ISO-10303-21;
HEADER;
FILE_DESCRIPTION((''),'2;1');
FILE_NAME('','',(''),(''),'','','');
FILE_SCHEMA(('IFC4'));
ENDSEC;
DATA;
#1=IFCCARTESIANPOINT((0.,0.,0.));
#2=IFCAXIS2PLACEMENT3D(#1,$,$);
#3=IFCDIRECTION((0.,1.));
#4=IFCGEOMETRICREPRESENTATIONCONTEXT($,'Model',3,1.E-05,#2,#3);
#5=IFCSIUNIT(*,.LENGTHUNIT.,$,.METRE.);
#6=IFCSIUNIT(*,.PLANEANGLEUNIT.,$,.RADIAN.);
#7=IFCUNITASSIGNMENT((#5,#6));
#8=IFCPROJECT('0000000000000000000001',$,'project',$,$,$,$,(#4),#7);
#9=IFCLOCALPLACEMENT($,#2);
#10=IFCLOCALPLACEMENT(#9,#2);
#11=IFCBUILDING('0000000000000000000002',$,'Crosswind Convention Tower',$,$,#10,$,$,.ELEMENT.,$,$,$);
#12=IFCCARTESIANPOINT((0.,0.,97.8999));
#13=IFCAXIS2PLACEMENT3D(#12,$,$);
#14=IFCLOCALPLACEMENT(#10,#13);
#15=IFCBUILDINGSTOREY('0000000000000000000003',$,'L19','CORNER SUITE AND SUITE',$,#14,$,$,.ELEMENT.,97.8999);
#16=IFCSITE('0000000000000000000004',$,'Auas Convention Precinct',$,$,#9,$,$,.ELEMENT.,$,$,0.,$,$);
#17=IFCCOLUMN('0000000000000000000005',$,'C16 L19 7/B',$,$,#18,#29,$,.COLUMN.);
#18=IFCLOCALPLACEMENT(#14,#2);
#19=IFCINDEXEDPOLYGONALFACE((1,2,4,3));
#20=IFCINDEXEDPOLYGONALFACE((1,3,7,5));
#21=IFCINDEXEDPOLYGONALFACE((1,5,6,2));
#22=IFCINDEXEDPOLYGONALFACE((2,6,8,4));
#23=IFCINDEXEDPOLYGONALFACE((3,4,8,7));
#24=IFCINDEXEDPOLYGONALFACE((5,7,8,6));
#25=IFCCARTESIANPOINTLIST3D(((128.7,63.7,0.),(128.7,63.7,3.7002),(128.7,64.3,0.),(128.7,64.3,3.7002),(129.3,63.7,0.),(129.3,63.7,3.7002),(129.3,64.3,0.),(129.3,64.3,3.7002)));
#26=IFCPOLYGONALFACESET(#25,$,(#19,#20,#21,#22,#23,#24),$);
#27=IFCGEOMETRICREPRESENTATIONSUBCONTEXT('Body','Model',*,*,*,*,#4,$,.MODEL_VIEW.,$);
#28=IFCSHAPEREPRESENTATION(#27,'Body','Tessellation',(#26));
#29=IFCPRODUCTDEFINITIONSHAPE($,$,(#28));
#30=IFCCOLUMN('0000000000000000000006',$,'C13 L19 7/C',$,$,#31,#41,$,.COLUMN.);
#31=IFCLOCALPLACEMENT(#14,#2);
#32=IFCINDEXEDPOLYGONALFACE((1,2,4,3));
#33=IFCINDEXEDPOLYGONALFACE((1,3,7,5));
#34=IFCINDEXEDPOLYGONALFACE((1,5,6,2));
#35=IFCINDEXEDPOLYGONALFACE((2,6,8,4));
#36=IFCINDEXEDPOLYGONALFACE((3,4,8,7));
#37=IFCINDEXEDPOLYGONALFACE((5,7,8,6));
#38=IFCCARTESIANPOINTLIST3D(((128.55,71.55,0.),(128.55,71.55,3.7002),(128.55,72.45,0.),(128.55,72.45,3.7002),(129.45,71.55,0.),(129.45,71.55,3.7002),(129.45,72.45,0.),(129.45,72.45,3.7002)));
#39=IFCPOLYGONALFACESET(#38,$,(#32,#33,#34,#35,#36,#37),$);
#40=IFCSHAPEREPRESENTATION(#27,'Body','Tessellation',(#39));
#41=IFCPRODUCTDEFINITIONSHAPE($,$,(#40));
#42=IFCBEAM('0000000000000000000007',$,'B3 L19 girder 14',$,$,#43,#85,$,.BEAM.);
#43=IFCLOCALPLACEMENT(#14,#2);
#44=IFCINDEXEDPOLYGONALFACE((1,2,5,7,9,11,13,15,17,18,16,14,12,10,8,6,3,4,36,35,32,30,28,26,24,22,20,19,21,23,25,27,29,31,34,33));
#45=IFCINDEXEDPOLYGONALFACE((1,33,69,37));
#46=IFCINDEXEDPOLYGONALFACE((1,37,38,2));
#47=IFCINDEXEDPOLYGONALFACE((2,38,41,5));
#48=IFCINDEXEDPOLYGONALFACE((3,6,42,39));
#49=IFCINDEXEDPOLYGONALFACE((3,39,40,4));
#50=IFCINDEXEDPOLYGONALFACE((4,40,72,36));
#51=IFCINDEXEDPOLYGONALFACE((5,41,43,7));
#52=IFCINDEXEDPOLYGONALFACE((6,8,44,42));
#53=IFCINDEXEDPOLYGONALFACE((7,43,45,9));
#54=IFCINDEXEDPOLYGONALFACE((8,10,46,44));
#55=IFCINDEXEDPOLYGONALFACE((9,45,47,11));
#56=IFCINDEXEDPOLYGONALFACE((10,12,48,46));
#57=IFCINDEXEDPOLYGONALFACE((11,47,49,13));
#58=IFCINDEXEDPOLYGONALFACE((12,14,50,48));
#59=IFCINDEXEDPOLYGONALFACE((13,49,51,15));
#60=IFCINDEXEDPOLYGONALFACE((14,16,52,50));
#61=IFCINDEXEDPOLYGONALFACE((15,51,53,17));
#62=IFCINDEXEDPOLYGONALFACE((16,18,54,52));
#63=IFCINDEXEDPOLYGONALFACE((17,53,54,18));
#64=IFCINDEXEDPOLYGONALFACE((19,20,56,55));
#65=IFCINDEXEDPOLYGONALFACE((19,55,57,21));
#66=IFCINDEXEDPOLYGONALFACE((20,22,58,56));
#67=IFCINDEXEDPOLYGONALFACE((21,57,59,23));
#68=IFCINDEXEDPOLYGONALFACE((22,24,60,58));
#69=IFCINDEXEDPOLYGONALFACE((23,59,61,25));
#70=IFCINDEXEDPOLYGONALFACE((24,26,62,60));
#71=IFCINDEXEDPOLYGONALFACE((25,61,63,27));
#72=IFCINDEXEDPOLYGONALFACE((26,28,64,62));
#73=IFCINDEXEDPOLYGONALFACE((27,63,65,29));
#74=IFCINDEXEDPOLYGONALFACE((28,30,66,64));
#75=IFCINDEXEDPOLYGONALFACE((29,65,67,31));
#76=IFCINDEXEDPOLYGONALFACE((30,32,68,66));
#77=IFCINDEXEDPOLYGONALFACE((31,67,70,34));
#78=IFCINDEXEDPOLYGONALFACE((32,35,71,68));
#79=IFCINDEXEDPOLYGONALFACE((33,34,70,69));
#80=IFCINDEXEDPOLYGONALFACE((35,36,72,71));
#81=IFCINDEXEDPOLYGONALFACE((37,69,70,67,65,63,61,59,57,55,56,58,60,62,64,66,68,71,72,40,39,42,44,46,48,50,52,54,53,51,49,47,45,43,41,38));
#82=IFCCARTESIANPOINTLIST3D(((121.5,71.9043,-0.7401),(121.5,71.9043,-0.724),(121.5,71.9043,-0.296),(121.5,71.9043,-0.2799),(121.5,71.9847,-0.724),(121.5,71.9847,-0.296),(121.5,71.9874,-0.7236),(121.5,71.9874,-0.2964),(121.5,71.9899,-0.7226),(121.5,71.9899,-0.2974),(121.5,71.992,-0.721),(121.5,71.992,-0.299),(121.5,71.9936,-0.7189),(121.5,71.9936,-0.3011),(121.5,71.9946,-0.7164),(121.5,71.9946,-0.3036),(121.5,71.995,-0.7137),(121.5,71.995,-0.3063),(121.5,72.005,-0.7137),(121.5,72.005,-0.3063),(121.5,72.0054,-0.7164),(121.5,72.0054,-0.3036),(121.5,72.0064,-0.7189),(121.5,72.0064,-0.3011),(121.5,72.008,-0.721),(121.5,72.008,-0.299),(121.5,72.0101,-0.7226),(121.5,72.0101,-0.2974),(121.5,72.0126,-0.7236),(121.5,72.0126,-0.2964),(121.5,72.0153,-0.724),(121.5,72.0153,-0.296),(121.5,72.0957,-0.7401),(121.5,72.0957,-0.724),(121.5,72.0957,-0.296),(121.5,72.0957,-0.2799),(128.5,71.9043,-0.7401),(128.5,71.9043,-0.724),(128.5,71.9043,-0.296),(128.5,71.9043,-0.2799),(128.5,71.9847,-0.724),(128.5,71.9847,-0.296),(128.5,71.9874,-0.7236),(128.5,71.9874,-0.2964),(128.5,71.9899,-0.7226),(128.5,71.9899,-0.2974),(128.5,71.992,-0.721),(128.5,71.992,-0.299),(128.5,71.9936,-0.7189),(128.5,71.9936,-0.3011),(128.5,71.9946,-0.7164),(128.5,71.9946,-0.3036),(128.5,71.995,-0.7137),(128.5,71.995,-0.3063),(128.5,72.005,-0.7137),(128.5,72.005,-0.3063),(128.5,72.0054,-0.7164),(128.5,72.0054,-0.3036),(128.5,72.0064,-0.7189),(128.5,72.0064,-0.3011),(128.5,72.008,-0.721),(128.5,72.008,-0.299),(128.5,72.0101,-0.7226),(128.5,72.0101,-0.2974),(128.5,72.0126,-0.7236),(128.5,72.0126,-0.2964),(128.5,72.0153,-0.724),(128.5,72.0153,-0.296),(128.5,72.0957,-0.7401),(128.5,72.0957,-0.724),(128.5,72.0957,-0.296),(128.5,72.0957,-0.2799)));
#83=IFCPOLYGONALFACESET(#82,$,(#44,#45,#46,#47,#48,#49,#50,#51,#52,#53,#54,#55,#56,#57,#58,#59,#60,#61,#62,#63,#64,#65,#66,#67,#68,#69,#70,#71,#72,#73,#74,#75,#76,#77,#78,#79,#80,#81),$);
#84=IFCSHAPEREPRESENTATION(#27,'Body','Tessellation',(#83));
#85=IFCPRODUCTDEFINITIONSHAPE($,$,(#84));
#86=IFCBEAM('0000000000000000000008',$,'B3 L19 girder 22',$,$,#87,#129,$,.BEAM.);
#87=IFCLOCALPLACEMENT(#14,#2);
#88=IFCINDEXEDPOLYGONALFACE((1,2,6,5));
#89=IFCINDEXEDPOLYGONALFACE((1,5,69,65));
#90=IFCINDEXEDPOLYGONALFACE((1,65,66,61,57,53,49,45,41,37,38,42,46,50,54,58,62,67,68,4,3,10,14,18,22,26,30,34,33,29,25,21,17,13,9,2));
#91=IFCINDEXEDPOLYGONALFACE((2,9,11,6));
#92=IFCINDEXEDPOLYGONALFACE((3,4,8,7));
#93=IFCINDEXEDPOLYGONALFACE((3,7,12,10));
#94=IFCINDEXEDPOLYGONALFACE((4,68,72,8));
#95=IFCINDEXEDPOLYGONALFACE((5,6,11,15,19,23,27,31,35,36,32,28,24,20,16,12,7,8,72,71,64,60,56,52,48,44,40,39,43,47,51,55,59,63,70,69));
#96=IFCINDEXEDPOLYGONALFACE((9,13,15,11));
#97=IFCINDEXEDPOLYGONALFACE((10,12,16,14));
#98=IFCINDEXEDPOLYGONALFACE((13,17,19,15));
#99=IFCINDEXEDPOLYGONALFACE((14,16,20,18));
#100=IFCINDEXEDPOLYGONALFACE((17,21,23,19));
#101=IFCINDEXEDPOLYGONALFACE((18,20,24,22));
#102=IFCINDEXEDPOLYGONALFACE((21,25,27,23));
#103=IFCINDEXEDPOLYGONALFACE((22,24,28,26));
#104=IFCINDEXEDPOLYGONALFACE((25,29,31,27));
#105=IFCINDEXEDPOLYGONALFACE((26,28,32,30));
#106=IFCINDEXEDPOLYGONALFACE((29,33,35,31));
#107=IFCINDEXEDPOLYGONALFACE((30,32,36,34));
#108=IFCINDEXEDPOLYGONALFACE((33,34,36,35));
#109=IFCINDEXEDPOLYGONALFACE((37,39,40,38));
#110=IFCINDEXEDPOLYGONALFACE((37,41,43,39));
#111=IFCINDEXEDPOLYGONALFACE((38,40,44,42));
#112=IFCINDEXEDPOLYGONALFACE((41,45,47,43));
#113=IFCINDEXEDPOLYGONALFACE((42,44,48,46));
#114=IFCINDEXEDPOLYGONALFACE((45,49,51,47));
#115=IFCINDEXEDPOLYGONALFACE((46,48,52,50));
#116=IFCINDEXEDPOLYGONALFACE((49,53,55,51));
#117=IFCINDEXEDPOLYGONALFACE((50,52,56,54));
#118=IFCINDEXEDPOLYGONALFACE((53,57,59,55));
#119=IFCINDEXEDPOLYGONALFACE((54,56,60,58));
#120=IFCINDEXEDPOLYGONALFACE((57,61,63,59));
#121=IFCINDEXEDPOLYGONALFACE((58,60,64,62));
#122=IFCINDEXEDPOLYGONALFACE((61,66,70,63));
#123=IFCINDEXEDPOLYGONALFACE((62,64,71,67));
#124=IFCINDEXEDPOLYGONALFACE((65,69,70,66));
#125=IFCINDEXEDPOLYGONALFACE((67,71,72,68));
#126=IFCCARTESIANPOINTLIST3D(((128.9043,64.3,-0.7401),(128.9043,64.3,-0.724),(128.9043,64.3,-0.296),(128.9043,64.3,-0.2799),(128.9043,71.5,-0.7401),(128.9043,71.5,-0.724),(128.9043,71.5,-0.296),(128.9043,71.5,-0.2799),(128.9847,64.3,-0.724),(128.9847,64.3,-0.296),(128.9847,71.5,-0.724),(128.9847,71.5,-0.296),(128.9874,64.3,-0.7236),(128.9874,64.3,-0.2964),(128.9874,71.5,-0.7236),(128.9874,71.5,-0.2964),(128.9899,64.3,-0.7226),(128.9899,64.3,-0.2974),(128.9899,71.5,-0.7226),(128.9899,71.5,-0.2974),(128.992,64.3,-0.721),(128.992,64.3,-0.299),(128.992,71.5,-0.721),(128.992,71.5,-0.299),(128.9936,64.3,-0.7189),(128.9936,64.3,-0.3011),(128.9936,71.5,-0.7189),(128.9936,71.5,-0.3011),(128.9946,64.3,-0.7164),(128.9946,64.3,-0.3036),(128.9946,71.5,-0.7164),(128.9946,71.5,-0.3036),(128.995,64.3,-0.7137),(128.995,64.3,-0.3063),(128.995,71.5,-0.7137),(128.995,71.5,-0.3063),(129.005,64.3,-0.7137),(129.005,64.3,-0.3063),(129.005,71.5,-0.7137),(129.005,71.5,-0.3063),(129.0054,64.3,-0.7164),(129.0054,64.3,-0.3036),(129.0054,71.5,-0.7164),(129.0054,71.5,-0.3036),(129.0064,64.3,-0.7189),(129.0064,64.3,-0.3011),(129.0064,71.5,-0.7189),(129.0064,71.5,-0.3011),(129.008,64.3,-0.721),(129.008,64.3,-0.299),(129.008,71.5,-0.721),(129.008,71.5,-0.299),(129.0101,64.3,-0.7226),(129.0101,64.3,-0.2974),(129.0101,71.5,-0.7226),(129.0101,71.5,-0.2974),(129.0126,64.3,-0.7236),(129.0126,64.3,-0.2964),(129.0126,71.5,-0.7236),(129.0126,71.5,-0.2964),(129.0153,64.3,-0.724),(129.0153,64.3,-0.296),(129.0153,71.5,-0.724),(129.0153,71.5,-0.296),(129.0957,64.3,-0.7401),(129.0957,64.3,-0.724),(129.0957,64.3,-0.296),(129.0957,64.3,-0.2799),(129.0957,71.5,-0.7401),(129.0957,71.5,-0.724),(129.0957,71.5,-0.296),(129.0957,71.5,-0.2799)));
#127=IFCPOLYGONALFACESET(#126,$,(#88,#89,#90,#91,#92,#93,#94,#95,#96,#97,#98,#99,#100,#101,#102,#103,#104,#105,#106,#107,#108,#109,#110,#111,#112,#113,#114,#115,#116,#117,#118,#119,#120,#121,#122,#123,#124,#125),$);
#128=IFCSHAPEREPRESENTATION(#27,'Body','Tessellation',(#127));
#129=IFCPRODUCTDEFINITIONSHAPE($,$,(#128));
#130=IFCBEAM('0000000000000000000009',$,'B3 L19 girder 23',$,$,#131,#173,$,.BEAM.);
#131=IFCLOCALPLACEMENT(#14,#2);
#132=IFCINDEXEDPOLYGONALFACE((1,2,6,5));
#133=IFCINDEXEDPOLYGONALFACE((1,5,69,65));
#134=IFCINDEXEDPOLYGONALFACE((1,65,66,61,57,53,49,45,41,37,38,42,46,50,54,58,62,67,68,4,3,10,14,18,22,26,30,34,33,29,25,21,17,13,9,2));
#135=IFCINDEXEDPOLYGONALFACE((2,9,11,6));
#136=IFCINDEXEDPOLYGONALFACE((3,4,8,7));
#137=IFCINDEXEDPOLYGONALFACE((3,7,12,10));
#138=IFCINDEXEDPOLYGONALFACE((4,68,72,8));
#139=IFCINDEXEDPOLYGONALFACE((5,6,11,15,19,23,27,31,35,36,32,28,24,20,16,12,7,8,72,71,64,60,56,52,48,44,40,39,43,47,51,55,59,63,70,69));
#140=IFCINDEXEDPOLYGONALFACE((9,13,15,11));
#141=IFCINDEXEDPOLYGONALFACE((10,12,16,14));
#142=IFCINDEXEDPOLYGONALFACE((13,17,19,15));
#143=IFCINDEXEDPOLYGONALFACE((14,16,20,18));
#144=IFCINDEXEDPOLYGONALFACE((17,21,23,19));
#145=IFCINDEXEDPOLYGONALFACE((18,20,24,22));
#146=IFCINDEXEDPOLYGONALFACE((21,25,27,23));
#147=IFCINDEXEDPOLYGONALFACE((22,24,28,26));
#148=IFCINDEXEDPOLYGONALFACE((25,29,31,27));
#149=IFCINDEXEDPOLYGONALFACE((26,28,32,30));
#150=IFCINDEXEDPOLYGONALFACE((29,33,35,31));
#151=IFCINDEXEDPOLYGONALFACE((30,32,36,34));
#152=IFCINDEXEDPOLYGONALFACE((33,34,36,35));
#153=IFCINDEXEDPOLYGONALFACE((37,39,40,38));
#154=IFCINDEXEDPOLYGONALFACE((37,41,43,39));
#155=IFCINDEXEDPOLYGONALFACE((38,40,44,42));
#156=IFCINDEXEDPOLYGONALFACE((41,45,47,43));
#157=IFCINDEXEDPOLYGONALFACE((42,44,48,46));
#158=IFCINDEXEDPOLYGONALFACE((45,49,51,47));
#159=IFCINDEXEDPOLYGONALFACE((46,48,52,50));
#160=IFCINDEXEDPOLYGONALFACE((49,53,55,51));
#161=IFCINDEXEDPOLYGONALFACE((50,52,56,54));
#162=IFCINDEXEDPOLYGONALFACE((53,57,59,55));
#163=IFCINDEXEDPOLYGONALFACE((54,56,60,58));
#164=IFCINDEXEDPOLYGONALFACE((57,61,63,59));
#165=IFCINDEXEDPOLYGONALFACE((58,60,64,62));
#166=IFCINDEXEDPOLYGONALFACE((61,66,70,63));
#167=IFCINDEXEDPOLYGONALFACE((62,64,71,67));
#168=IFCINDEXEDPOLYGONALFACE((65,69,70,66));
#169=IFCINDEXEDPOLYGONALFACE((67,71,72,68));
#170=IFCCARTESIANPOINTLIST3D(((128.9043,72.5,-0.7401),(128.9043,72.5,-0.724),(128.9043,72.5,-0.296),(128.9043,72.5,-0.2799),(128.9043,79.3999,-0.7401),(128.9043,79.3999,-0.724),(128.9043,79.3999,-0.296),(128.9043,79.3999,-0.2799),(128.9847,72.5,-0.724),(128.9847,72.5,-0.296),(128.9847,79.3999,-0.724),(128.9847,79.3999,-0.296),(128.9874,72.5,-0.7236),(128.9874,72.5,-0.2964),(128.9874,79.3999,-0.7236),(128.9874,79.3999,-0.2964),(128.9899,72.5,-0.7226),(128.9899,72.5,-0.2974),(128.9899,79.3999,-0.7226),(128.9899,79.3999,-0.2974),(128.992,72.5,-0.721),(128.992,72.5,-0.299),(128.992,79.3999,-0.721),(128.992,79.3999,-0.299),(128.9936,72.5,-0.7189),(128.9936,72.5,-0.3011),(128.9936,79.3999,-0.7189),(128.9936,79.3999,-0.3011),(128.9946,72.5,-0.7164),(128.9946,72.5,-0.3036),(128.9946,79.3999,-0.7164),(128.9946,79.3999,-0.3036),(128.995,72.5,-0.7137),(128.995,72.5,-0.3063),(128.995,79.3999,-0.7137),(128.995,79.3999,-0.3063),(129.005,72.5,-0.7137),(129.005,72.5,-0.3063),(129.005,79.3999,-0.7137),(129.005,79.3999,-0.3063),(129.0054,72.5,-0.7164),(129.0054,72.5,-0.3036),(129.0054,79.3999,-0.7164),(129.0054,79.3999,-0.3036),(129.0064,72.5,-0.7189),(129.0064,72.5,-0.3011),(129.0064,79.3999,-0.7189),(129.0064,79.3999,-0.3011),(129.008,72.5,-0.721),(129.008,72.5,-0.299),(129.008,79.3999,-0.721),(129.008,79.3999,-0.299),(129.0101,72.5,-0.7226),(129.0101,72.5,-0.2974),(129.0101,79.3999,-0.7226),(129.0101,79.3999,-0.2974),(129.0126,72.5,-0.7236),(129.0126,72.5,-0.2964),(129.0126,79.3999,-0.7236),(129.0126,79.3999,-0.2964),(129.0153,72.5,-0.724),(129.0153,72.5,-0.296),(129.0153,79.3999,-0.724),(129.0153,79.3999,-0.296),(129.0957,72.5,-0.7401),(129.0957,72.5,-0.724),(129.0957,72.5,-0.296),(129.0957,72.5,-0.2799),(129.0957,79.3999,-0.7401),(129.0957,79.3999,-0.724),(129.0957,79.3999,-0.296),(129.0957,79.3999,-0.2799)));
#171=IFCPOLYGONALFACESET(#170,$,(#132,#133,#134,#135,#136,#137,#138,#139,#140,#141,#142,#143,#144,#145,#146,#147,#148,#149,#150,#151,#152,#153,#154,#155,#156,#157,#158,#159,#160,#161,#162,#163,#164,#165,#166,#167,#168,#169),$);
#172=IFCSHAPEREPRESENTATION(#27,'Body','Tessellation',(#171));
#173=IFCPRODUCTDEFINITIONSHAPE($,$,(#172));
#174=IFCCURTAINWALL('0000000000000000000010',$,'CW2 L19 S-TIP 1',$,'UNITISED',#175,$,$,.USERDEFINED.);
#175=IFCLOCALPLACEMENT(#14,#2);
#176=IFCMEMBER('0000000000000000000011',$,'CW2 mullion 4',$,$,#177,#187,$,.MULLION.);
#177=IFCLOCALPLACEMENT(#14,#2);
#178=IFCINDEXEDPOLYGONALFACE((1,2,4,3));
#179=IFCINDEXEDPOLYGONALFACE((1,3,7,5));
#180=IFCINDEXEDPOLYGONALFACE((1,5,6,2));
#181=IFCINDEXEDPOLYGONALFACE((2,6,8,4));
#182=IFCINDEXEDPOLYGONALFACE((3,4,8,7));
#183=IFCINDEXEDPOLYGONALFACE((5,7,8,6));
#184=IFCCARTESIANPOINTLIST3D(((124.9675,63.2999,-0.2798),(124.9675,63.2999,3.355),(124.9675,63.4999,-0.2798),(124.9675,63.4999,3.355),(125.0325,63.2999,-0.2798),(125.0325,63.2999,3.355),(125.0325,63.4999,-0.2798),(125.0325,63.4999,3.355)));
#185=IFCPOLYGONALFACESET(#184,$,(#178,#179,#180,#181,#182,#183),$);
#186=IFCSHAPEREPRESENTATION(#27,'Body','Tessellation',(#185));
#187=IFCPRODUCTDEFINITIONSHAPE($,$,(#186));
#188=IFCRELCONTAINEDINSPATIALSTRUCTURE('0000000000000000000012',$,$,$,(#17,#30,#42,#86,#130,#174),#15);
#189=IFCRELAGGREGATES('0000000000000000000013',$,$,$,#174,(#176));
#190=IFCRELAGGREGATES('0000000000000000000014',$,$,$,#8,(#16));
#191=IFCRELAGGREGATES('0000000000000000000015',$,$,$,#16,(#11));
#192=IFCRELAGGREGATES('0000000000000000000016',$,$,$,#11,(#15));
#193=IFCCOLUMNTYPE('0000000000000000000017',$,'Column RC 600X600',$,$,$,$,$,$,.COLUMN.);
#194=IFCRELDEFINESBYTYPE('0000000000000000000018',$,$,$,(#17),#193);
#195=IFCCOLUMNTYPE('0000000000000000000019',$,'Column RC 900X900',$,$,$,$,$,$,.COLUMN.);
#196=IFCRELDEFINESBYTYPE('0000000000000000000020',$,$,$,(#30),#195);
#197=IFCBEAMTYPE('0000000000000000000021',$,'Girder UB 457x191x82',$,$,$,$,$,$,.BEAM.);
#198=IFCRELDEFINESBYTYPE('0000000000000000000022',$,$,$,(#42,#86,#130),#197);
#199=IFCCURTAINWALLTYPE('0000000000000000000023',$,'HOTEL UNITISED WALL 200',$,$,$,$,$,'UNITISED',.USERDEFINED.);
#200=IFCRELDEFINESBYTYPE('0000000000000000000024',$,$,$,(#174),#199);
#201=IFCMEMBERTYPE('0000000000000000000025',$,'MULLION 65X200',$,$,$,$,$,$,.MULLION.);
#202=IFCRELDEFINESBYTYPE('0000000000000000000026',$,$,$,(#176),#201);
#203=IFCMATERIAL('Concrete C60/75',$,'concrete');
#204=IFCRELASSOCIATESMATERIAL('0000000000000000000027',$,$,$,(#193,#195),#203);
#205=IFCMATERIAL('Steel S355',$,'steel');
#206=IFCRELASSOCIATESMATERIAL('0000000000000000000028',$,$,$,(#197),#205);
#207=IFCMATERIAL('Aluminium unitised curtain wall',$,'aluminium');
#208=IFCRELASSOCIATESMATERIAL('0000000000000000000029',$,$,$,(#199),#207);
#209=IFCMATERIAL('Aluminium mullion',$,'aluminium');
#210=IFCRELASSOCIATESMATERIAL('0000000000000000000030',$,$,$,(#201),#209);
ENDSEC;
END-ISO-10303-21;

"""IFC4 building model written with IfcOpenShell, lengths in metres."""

from ifc_helpers import new_model, si_unit, direction, frame, origin, origin_2d, place, context, subcontext, project, spatial, rectangle, i_section, extrude, material, material_profile, profile_set, type_object, element, aggregate, save


model = new_model("IFC4")

# Units and contexts
model_context = context("Model", 3, precision=1e-05, world=origin(), true_north=direction((0.0, 1.0)))
body_context = subcontext(model_context, "Body", "Model", "MODEL_VIEW")
ifc_project = project(units=[si_unit("LENGTHUNIT", "METRE"), si_unit("PLANEANGLEUNIT", "RADIAN")], contexts=[model_context])

# Site, building, storey
site_placement = place(None, origin())
site = spatial("IfcSite", under=ifc_project, at=site_placement, Name="Auas Convention Precinct", CompositionType="ELEMENT", RefElevation=0.0)
building_placement = place(site_placement, origin())
building = spatial("IfcBuilding", under=site, at=building_placement, Name="Crosswind Convention Tower", CompositionType="ELEMENT")
storey_placement = place(building_placement, frame((0.0, 0.0, 97.8999)))
storey = spatial("IfcBuildingStorey", under=building, at=storey_placement, Name="L19", Description="CORNER SUITE AND SUITE", CompositionType="ELEMENT", Elevation=97.8999)

# Columns
ifc_material_1 = material(Name="Concrete C60/75", Category="concrete")
ifc_material_profile_1 = material_profile(ifc_material_1, rectangle(XDim=0.6001, YDim=0.6001, at=origin_2d()), Name="RC 600X600")
ifc_profile_set_1 = profile_set([ifc_material_profile_1], Name="Concrete C60/75")
column_type_1 = type_object("IfcColumnType", Name="Column RC 600X600", PredefinedType="COLUMN", material=ifc_profile_set_1)
column_1_placement = place(storey_placement, frame((129.0, 64.0, 0.0), z_axis=(0.0, 0.0, 1.0), x_axis=(1.0, 0.0, 0.0)))
element("IfcColumn", 1, at=column_1_placement, inside=storey, type_object=column_type_1, Name="C16 L19 7/B", PredefinedType="COLUMN", context=body_context, shape_type="SweptSolid", body=[
    extrude(rectangle(XDim=0.6001, YDim=0.6001, at=origin_2d()), origin(), (0.0, 0.0, 1.0), 3.7002),
])
ifc_material_profile_2 = material_profile(ifc_material_1, rectangle(XDim=0.8999, YDim=0.8999, at=origin_2d()), Name="RC 900X900")
ifc_profile_set_2 = profile_set([ifc_material_profile_2], Name="Concrete C60/75")
column_type_2 = type_object("IfcColumnType", Name="Column RC 900X900", PredefinedType="COLUMN", material=ifc_profile_set_2)
column_2_placement = place(storey_placement, frame((129.0, 72.0, 0.0), z_axis=(0.0, 0.0, 1.0), x_axis=(1.0, 0.0, 0.0)))
element("IfcColumn", 2, at=column_2_placement, inside=storey, type_object=column_type_2, Name="C13 L19 7/C", PredefinedType="COLUMN", context=body_context, shape_type="SweptSolid", body=[
    extrude(rectangle(XDim=0.8999, YDim=0.8999, at=origin_2d()), origin(), (0.0, 0.0, 1.0), 3.7002),
])

# Beams
ifc_material_2 = material(Name="Steel S355", Category="steel")
ifc_material_profile_3 = material_profile(ifc_material_2, i_section(OverallWidth=0.1914, OverallDepth=0.4602, WebThickness=0.01, FlangeThickness=0.0161, FilletRadius=0.0103, at=origin_2d()), Name="UB 457x191x82")
ifc_profile_set_3 = profile_set([ifc_material_profile_3], Name="Steel S355")
beam_type_1 = type_object("IfcBeamType", Name="Girder UB 457x191x82", PredefinedType="BEAM", material=ifc_profile_set_3)
beam_1_placement = place(storey_placement, frame((121.5, 72.0, -0.51), z_axis=(1.0, 0.0, 0.0), x_axis=(0.0, 1.0, 0.0)))
element("IfcBeam", 3, at=beam_1_placement, inside=storey, type_object=beam_type_1, Name="B3 L19 girder 14", PredefinedType="BEAM", context=body_context, shape_type="SweptSolid", body=[
    extrude(i_section(OverallWidth=0.1914, OverallDepth=0.4602, WebThickness=0.01, FlangeThickness=0.0161, FilletRadius=0.0103, at=origin_2d()), origin(), (0.0, 0.0, 1.0), 7.0),
])
beam_2_placement = place(storey_placement, frame((129.0, 64.3, -0.51), z_axis=(0.0, 1.0, 0.0), x_axis=(-1.0, 0.0, 0.0)))
element("IfcBeam", 4, at=beam_2_placement, inside=storey, type_object=beam_type_1, Name="B3 L19 girder 22", PredefinedType="BEAM", context=body_context, shape_type="SweptSolid", body=[
    extrude(i_section(OverallWidth=0.1914, OverallDepth=0.4602, WebThickness=0.01, FlangeThickness=0.0161, FilletRadius=0.0103, at=origin_2d()), origin(), (0.0, 0.0, 1.0), 7.2),
])
beam_3_placement = place(storey_placement, frame((129.0, 72.5, -0.51), z_axis=(0.0, 1.0, 0.0), x_axis=(-1.0, 0.0, 0.0)))
element("IfcBeam", 5, at=beam_3_placement, inside=storey, type_object=beam_type_1, Name="B3 L19 girder 23", PredefinedType="BEAM", context=body_context, shape_type="SweptSolid", body=[
    extrude(i_section(OverallWidth=0.1914, OverallDepth=0.4602, WebThickness=0.01, FlangeThickness=0.0161, FilletRadius=0.0103, at=origin_2d()), origin(), (0.0, 0.0, 1.0), 6.8999),
])

# Curtain wall, member
ifc_material_3 = material(Name="Aluminium unitised curtain wall", Category="aluminium")
curtain_wall_type = type_object("IfcCurtainWallType", Name="HOTEL UNITISED WALL 200", ElementType="UNITISED", PredefinedType="USERDEFINED", material=ifc_material_3)
curtain_wall_placement = place(storey_placement, origin())
curtain_wall = element("IfcCurtainWall", 6, at=curtain_wall_placement, inside=storey, type_object=curtain_wall_type, Name="CW2 L19 S-TIP 1", ObjectType="UNITISED", PredefinedType="USERDEFINED")
ifc_material_4 = material(Name="Aluminium mullion", Category="aluminium")
ifc_material_profile_4 = material_profile(ifc_material_4, rectangle(XDim=0.2, YDim=0.0649, at=origin_2d()), Name="AL 200X65")
ifc_profile_set_4 = profile_set([ifc_material_profile_4], Name="Aluminium mullion")
member_type = type_object("IfcMemberType", Name="MULLION 65X200", PredefinedType="MULLION", material=ifc_profile_set_4)
member_1_placement = place(storey_placement, frame((125.0, 63.3999, -0.2798), z_axis=(0.0, 0.0, 1.0), x_axis=(0.0, -1.0, 0.0)))
member_1 = element("IfcMember", 7, at=member_1_placement, type_object=member_type, Name="CW2 mullion 4", PredefinedType="MULLION", context=body_context, shape_type="SweptSolid", body=[
    extrude(rectangle(XDim=0.2, YDim=0.0649, at=origin_2d()), origin(), (0.0, 0.0, 1.0), 3.6348),
])

aggregate(curtain_wall, [member_1])

save(model, "model.ifc")
